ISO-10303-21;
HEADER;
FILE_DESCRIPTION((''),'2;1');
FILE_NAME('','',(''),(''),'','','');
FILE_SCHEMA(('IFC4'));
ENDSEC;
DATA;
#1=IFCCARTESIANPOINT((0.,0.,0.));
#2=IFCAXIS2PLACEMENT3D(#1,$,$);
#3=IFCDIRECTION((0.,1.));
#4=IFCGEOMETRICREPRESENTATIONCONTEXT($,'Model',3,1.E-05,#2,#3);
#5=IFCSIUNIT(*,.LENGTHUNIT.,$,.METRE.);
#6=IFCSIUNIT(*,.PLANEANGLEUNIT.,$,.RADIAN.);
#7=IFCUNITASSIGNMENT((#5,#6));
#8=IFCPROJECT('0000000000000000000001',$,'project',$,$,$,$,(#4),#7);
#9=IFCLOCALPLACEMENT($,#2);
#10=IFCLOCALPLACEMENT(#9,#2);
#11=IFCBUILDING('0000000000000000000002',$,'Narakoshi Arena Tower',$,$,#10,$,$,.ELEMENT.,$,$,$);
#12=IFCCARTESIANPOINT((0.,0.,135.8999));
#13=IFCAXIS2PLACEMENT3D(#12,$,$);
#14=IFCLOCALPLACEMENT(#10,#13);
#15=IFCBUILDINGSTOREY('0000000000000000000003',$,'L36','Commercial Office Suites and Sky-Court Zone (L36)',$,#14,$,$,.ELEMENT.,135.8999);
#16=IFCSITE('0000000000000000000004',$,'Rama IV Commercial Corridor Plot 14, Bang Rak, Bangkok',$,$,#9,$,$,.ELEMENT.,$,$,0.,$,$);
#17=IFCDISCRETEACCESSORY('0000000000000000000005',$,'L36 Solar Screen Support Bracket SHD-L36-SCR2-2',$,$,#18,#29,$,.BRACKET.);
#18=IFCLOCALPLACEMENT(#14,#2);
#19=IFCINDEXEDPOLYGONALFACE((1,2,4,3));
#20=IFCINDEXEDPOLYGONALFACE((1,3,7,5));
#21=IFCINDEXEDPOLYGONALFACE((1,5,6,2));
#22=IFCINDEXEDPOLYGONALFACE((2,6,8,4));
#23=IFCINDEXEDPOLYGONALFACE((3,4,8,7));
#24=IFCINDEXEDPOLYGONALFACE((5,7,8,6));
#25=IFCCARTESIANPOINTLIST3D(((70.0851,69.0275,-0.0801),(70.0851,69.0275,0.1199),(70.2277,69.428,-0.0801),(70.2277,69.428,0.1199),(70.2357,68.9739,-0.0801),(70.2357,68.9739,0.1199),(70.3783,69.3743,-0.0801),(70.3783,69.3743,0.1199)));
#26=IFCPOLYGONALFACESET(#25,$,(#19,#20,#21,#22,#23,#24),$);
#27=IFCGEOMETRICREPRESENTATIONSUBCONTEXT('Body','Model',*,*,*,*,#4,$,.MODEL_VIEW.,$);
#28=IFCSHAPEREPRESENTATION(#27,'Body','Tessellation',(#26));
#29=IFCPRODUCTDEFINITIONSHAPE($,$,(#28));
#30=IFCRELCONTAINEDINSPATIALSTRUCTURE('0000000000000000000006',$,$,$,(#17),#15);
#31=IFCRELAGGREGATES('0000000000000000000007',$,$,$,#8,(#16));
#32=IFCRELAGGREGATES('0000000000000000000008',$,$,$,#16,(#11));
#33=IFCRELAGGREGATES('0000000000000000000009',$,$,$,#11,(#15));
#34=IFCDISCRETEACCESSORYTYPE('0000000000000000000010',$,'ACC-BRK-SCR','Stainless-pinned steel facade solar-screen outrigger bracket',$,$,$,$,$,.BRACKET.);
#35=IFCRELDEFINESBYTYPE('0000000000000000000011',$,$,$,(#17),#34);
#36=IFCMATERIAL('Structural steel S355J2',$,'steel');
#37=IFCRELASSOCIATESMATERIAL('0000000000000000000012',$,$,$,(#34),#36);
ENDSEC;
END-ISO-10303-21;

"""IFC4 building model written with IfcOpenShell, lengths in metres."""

from ifc_helpers import new_model, si_unit, direction, frame, origin, origin_2d, place, context, subcontext, project, spatial, rectangle, extrude, material, type_object, element, save


model = new_model("IFC4")

# Units and contexts
model_context = context("Model", 3, precision=1e-05, world=origin(), true_north=direction((0.0, 1.0)))
body_context = subcontext(model_context, "Body", "Model", "MODEL_VIEW")
ifc_project = project(units=[si_unit("LENGTHUNIT", "METRE"), si_unit("PLANEANGLEUNIT", "RADIAN")], contexts=[model_context])

# Site, building, storey
site_placement = place(None, origin())
site = spatial("IfcSite", under=ifc_project, at=site_placement, Name="Rama IV Commercial Corridor Plot 14, Bang Rak, Bangkok", CompositionType="ELEMENT", RefElevation=0.0)
building_placement = place(site_placement, origin())
building = spatial("IfcBuilding", under=site, at=building_placement, Name="Narakoshi Arena Tower", CompositionType="ELEMENT")
storey_placement = place(building_placement, frame((0.0, 0.0, 135.8999)))
storey = spatial("IfcBuildingStorey", under=building, at=storey_placement, Name="L36", Description="Commercial Office Suites and Sky-Court Zone (L36)", CompositionType="ELEMENT", Elevation=135.8999)

# Shared definitions
ifc_material_1 = material(Name="Structural steel S355J2", Category="steel")

# Discrete accessory
discrete_accessory_type = type_object("IfcDiscreteAccessoryType", Name="ACC-BRK-SCR", Description="Stainless-pinned steel facade solar-screen outrigger bracket", PredefinedType="BRACKET", material=ifc_material_1)
discrete_accessory_placement = place(storey_placement, frame((70.2317, 69.2009, -0.0801), z_axis=(0.0, 0.0, 1.0), x_axis=(-0.942034, 0.335517, 0.0)))
element("IfcDiscreteAccessory", 1, at=discrete_accessory_placement, inside=storey, type_object=discrete_accessory_type, Name="L36 Solar Screen Support Bracket SHD-L36-SCR2-2", PredefinedType="BRACKET", context=body_context, shape_type="SweptSolid", body=[
    extrude(rectangle(XDim=0.1599, YDim=0.425, at=origin_2d()), origin(), (0.0, 0.0, 1.0), 0.2),
])

save(model, "model.ifc")
